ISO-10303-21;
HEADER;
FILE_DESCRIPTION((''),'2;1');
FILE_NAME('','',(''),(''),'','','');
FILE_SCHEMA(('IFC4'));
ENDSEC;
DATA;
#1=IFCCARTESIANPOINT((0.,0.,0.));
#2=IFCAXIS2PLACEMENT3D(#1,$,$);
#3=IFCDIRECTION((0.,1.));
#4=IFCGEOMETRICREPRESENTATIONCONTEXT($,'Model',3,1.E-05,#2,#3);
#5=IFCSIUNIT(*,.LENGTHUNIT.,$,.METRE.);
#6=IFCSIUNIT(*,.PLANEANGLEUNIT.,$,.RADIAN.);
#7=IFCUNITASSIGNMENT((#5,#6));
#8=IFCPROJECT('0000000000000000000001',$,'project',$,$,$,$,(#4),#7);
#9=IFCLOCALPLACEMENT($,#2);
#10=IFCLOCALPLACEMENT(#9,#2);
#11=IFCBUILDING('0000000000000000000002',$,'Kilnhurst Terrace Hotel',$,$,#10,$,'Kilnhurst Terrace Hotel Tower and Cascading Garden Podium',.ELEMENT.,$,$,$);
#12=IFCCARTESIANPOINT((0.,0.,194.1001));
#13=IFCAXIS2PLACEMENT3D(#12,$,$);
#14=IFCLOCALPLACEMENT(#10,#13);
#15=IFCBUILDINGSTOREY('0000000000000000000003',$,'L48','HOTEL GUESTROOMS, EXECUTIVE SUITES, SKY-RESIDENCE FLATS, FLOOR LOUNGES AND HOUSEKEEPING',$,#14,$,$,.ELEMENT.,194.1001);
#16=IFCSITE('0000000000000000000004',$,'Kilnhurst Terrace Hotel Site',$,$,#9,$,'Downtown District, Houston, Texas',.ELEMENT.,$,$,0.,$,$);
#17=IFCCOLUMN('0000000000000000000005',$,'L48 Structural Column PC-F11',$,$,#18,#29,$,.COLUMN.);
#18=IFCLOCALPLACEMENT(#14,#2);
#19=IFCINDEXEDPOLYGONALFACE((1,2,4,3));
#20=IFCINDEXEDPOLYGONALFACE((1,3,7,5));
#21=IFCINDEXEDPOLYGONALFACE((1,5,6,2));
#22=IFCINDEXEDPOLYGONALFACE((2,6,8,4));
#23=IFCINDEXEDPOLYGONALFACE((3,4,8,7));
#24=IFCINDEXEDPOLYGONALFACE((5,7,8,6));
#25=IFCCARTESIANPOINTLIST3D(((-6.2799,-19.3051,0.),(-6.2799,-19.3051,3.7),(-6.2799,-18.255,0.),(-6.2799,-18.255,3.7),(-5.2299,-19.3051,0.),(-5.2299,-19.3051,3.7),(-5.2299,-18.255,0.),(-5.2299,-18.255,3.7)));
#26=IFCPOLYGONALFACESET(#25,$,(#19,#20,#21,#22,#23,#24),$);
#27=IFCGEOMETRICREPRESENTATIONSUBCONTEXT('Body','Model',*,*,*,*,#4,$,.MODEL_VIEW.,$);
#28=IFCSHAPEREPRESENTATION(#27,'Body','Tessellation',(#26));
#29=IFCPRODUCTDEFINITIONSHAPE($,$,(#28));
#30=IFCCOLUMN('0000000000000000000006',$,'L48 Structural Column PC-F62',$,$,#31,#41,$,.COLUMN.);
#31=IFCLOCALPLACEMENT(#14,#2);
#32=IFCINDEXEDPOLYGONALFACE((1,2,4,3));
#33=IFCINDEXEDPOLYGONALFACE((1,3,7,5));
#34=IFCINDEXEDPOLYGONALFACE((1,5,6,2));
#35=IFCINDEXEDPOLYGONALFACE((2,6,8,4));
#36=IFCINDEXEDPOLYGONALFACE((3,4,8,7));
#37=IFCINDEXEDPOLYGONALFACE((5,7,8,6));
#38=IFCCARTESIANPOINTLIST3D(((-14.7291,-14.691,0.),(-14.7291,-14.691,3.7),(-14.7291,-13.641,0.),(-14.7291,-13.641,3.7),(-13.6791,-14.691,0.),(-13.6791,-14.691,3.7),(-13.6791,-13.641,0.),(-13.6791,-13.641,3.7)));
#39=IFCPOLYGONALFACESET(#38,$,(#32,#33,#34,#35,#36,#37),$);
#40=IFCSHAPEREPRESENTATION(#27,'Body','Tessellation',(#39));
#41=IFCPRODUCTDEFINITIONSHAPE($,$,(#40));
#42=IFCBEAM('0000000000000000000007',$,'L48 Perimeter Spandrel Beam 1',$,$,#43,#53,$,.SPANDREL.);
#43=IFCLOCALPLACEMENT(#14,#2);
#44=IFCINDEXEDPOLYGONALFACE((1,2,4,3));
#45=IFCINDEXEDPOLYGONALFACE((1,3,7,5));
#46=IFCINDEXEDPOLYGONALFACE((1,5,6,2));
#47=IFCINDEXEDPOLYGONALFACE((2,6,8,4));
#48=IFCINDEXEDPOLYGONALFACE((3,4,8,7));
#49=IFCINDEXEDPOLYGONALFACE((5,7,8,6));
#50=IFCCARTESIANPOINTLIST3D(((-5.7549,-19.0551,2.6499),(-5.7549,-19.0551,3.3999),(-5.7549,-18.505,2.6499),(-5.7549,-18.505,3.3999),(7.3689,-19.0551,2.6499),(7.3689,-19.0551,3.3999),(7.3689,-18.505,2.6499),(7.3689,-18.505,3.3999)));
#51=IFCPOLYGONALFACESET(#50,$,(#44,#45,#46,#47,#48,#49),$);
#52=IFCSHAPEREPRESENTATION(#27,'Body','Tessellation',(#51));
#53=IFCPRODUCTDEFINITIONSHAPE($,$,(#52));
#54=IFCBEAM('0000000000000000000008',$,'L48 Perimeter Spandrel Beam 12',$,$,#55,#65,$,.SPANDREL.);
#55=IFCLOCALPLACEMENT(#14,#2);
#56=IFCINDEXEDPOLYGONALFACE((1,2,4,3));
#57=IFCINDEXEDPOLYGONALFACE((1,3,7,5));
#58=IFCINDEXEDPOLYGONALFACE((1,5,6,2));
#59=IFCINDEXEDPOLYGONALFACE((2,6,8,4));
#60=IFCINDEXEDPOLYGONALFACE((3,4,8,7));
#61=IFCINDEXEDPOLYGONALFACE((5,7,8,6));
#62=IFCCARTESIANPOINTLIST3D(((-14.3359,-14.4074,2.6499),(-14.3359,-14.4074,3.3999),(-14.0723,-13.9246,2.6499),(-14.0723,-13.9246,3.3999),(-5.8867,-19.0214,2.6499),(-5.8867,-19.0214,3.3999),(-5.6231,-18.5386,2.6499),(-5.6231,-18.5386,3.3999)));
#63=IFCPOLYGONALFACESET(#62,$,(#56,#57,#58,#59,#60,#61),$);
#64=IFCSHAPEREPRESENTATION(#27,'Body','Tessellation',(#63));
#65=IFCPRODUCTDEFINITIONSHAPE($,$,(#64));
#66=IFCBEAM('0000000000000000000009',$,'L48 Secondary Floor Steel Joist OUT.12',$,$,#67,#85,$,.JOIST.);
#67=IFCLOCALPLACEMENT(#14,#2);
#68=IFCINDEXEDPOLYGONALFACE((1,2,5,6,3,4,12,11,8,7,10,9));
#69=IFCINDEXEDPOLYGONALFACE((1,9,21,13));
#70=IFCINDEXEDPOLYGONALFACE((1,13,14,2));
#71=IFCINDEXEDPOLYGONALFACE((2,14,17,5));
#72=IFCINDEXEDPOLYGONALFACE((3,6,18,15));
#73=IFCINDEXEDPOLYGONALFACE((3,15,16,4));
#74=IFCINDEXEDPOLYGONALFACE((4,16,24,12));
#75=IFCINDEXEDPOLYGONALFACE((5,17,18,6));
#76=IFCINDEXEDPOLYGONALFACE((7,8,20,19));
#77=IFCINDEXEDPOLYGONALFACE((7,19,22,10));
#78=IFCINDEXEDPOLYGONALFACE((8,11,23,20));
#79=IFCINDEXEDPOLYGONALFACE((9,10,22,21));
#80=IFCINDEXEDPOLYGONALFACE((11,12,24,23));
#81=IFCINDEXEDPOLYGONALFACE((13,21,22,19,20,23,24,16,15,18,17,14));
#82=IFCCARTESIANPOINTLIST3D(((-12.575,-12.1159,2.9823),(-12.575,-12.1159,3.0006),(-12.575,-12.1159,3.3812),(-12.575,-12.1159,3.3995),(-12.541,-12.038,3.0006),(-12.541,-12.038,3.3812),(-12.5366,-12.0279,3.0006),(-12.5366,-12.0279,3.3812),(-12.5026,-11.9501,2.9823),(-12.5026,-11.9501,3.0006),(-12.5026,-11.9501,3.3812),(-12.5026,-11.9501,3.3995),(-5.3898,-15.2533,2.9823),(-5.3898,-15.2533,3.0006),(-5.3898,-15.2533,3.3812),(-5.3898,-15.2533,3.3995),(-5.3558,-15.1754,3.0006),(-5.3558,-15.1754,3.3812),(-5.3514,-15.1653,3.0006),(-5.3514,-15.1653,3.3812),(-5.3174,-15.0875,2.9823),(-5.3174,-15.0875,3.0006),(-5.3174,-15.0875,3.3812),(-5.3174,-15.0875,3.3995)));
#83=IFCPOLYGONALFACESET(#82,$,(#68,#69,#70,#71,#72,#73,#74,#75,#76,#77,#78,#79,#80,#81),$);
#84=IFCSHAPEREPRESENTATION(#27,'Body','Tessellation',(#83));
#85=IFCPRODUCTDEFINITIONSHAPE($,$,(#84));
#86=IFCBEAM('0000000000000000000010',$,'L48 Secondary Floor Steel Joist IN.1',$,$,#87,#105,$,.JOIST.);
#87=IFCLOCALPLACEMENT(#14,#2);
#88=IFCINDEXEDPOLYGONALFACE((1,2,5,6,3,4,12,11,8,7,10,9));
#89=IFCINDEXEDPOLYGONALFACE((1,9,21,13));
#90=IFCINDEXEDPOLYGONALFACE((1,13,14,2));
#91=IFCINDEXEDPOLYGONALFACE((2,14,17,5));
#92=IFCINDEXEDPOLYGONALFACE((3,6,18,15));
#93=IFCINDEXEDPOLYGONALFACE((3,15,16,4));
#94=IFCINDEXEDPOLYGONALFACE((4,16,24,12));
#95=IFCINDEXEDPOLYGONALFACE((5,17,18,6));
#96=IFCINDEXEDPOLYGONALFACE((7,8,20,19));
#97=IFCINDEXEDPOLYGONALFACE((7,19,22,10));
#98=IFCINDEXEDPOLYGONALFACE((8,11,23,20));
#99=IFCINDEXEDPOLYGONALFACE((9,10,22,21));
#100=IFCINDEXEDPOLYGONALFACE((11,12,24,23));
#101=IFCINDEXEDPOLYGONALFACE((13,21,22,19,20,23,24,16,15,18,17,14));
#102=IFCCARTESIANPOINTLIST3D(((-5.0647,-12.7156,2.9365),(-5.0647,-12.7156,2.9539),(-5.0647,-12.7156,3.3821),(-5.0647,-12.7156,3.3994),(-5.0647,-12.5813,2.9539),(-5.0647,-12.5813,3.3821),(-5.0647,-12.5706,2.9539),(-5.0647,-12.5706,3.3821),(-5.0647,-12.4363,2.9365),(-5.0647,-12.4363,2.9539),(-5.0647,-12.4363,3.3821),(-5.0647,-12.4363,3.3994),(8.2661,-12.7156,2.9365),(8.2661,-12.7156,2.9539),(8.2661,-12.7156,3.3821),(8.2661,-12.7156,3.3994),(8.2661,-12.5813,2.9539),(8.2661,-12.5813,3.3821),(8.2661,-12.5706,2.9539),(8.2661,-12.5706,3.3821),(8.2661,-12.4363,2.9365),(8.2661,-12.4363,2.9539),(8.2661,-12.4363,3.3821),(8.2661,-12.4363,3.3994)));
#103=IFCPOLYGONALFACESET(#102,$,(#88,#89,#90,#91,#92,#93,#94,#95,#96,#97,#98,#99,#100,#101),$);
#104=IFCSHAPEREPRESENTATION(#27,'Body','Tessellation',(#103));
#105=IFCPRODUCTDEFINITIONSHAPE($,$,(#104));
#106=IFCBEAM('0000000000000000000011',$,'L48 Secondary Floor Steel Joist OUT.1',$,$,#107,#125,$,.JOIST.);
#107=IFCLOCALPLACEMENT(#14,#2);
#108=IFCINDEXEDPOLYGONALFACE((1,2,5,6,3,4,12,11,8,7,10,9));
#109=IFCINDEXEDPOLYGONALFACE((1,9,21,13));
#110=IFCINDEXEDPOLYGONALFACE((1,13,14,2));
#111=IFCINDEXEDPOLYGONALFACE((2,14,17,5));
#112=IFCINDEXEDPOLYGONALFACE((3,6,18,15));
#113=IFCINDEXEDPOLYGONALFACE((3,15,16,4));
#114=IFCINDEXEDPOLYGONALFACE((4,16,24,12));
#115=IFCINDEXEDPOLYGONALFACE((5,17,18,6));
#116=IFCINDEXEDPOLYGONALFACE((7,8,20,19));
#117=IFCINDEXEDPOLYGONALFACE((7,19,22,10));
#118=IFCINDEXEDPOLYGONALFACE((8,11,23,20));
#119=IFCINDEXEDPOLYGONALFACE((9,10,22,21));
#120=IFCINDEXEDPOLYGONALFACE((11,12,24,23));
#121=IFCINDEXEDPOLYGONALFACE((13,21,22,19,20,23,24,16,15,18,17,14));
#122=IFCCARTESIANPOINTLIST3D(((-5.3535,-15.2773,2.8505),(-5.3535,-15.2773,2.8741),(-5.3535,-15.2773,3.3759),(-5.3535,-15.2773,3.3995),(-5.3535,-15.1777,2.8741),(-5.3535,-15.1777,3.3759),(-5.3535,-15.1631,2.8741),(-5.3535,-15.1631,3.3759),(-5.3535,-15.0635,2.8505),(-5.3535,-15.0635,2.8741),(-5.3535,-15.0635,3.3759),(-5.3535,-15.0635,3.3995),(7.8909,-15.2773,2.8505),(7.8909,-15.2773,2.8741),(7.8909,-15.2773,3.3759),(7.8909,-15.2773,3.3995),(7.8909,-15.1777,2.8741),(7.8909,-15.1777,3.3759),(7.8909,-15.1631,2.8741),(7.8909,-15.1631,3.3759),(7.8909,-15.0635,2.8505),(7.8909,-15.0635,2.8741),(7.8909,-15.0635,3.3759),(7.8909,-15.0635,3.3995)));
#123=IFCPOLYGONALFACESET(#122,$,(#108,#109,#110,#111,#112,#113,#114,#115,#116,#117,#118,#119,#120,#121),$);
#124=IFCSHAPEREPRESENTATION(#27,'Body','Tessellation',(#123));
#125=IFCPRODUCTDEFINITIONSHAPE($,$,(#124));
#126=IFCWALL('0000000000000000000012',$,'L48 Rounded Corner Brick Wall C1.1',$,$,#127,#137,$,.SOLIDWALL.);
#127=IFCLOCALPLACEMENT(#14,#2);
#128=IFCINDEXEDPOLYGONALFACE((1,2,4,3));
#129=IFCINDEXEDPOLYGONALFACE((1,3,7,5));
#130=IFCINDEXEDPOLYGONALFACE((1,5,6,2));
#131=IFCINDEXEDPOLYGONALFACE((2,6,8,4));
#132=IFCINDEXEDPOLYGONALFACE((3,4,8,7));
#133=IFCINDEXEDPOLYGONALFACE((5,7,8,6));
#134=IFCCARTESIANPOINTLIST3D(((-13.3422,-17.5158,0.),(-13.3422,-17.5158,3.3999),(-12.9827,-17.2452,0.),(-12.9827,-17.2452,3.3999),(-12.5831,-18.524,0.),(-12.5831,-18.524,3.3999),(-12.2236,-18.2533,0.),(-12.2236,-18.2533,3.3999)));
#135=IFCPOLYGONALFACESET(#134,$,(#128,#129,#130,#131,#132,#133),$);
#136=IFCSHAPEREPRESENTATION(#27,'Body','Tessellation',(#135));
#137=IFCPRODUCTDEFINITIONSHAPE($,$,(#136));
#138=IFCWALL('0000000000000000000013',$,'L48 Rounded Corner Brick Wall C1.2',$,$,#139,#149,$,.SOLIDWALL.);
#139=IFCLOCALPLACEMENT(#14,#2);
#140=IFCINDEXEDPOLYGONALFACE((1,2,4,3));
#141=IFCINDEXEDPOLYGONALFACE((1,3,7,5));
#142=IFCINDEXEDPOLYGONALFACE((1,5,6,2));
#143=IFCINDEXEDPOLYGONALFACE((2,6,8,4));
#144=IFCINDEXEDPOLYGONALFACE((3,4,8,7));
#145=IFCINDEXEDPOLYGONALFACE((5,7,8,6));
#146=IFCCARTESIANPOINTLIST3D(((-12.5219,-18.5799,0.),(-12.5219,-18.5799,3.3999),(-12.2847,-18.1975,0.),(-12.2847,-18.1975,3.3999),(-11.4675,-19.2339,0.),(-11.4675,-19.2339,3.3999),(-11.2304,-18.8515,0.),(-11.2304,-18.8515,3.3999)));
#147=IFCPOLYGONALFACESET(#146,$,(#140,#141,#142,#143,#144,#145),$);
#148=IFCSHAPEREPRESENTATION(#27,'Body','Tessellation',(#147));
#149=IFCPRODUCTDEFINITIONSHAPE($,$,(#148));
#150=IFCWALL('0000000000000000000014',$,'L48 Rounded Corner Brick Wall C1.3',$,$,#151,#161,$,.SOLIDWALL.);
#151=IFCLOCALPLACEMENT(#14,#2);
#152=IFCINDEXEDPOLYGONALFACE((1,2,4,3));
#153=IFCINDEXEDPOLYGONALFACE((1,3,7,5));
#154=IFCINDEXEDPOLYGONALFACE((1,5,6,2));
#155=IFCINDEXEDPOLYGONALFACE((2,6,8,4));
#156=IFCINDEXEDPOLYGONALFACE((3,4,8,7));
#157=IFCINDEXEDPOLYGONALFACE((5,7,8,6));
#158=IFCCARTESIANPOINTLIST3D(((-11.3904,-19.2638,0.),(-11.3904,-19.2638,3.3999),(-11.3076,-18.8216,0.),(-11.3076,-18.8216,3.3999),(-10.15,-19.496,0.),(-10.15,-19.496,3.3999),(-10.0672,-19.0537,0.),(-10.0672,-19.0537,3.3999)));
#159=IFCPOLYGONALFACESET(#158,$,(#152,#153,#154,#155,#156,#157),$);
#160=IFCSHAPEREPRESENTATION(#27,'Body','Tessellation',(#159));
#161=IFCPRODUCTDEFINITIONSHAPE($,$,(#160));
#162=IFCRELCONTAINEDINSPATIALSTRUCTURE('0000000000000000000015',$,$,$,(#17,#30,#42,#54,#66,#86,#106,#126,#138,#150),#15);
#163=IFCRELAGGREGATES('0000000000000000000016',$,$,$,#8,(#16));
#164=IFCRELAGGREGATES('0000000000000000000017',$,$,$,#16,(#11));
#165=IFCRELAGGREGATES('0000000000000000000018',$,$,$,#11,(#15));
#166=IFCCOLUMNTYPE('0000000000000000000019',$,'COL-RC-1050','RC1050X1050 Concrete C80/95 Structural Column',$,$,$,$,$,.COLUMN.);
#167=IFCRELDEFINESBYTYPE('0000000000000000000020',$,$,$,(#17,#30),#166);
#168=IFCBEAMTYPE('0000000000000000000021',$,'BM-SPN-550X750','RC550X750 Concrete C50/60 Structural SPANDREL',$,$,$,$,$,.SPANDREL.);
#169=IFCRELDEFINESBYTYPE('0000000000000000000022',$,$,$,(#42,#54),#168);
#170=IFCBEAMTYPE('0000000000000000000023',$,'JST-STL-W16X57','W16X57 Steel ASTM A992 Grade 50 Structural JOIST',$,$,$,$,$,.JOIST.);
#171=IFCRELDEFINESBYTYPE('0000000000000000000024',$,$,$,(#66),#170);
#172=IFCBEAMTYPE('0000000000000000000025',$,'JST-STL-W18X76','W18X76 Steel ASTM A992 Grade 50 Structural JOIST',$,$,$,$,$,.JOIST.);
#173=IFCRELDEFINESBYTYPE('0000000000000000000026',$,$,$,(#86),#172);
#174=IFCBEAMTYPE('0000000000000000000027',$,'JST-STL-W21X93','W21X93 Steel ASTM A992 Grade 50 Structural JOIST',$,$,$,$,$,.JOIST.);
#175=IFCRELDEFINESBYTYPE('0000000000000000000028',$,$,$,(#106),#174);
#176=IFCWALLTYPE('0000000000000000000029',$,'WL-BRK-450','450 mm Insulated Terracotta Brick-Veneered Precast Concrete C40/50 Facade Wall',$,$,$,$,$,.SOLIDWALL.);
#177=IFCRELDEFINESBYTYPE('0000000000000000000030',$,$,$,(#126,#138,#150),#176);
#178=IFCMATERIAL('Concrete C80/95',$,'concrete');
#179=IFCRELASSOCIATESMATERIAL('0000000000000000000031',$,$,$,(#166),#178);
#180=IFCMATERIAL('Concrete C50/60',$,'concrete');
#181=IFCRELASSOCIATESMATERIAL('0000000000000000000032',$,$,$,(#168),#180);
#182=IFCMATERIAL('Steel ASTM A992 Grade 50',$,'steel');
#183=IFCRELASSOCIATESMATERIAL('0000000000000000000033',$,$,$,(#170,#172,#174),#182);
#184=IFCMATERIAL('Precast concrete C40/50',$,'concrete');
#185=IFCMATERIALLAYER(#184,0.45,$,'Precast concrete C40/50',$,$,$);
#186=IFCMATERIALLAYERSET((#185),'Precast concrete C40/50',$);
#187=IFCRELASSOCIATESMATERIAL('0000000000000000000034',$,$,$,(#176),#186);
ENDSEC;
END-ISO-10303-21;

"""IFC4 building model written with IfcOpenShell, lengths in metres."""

from ifc_helpers import new_model, si_unit, direction, frame, frame_2d, origin, origin_2d, place, context, subcontext, project, spatial, rectangle, i_section, extrude, material, layer, layer_set, material_profile, profile_set, type_object, element, save


model = new_model("IFC4")

# Units and contexts
model_context = context("Model", 3, precision=1e-05, world=origin(), true_north=direction((0.0, 1.0)))
body_context = subcontext(model_context, "Body", "Model", "MODEL_VIEW")
ifc_project = project(units=[si_unit("LENGTHUNIT", "METRE"), si_unit("PLANEANGLEUNIT", "RADIAN")], contexts=[model_context])

# Site, building, storey
site_placement = place(None, origin())
site = spatial("IfcSite", under=ifc_project, at=site_placement, Name="Kilnhurst Terrace Hotel Site", LongName="Downtown District, Houston, Texas", CompositionType="ELEMENT", RefElevation=0.0)
building_placement = place(site_placement, origin())
building = spatial("IfcBuilding", under=site, at=building_placement, Name="Kilnhurst Terrace Hotel", LongName="Kilnhurst Terrace Hotel Tower and Cascading Garden Podium", CompositionType="ELEMENT")
storey_placement = place(building_placement, frame((0.0, 0.0, 194.1001)))
storey = spatial("IfcBuildingStorey", under=building, at=storey_placement, Name="L48", Description="HOTEL GUESTROOMS, EXECUTIVE SUITES, SKY-RESIDENCE FLATS, FLOOR LOUNGES AND HOUSEKEEPING", CompositionType="ELEMENT", Elevation=194.1001)

# Columns
ifc_material_1 = material(Name="Concrete C80/95", Category="concrete")
ifc_material_profile_1 = material_profile(ifc_material_1, rectangle(XDim=1.05, YDim=1.05, at=origin_2d()), Name="RC1050X1050")
ifc_profile_set_1 = profile_set([ifc_material_profile_1], Name="Concrete C80/95")
column_type = type_object("IfcColumnType", Name="COL-RC-1050", Description="RC1050X1050 Concrete C80/95 Structural Column", PredefinedType="COLUMN", material=ifc_profile_set_1)
for number, where, z_axis, x_axis, name in (
    (1, (-5.7549, -18.78, 0.0), (0.0, 0.0, 1.0), (1.0, 0.0, 0.0), "L48 Structural Column PC-F11"),
    (2, (-14.2041, -14.166, 0.0), (0.0, 0.0, 1.0), (1.0, 0.0, 0.0), "L48 Structural Column PC-F62"),
):
    element("IfcColumn", number, at=place(storey_placement, frame(where, z_axis=z_axis, x_axis=x_axis)), inside=storey, type_object=column_type, Name=name, PredefinedType="COLUMN", context=body_context, shape_type="SweptSolid", body=[
        extrude(rectangle(XDim=1.05, YDim=1.05, at=origin_2d()), origin(), (0.0, 0.0, 1.0), 3.7),
    ])

# Beams
ifc_material_2 = material(Name="Concrete C50/60", Category="concrete")
ifc_material_profile_2 = material_profile(ifc_material_2, rectangle(XDim=0.55, YDim=0.75, at=origin_2d()), Name="RC550X750")
ifc_profile_set_2 = profile_set([ifc_material_profile_2], Name="Concrete C50/60")
beam_type_1 = type_object("IfcBeamType", Name="BM-SPN-550X750", Description="RC550X750 Concrete C50/60 Structural SPANDREL", PredefinedType="SPANDREL", material=ifc_profile_set_2)
beam_1_placement = place(storey_placement, frame((-5.7549, -18.78, 3.0249), z_axis=(1.0, 0.0, 0.0), x_axis=(0.0, 1.0, 0.0)))
element("IfcBeam", 3, at=beam_1_placement, inside=storey, type_object=beam_type_1, Name="L48 Perimeter Spandrel Beam 1", PredefinedType="SPANDREL", context=body_context, shape_type="SweptSolid", body=[
    extrude(rectangle(XDim=0.55, YDim=0.75, at=origin_2d()), origin(), (0.0, 0.0, 1.0), 13.1238),
])
beam_2_placement = place(storey_placement, frame((-14.2041, -14.166, 3.0249), z_axis=(0.877662, -0.47928, 0.0), x_axis=(0.47928, 0.877662, 0.0)))
element("IfcBeam", 4, at=beam_2_placement, inside=storey, type_object=beam_type_1, Name="L48 Perimeter Spandrel Beam 12", PredefinedType="SPANDREL", context=body_context, shape_type="SweptSolid", body=[
    extrude(rectangle(XDim=0.55, YDim=0.75, at=origin_2d()), origin(), (0.0, 0.0, 1.0), 9.627),
])
ifc_material_3 = material(Name="Steel ASTM A992 Grade 50", Category="steel")
ifc_material_profile_3 = material_profile(ifc_material_3, i_section(OverallWidth=0.1809, OverallDepth=0.4172, WebThickness=0.011, FlangeThickness=0.0183, at=origin_2d()), Name="W16X57")
ifc_profile_set_3 = profile_set([ifc_material_profile_3], Name="Steel ASTM A992 Grade 50")
beam_type_2 = type_object("IfcBeamType", Name="JST-STL-W16X57", Description="W16X57 Steel ASTM A992 Grade 50 Structural JOIST", PredefinedType="JOIST", material=ifc_profile_set_3)
beam_3_placement = place(storey_placement, frame((-12.5388, -12.033, 3.1909), z_axis=(0.916444, -0.400164, 0.0), x_axis=(0.400164, 0.916444, 0.0)))
element("IfcBeam", 5, at=beam_3_placement, inside=storey, type_object=beam_type_2, Name="L48 Secondary Floor Steel Joist OUT.12", PredefinedType="JOIST", context=body_context, shape_type="SweptSolid", body=[
    extrude(i_section(OverallWidth=0.1809, OverallDepth=0.4172, WebThickness=0.011, FlangeThickness=0.0183, at=origin_2d()), origin(), (0.0, 0.0, 1.0), 7.8403),
])
ifc_material_profile_4 = material_profile(ifc_material_3, i_section(OverallWidth=0.2793, OverallDepth=0.4629, WebThickness=0.0107, FlangeThickness=0.0173, at=origin_2d()), Name="W18X76")
ifc_profile_set_4 = profile_set([ifc_material_profile_4], Name="Steel ASTM A992 Grade 50")
beam_type_3 = type_object("IfcBeamType", Name="JST-STL-W18X76", Description="W18X76 Steel ASTM A992 Grade 50 Structural JOIST", PredefinedType="JOIST", material=ifc_profile_set_4)
beam_4_placement = place(storey_placement, frame((-5.0647, -12.5759, 3.168), z_axis=(1.0, 0.0, 0.0), x_axis=(0.0, 1.0, 0.0)))
element("IfcBeam", 6, at=beam_4_placement, inside=storey, type_object=beam_type_3, Name="L48 Secondary Floor Steel Joist IN.1", PredefinedType="JOIST", context=body_context, shape_type="SweptSolid", body=[
    extrude(i_section(OverallWidth=0.2793, OverallDepth=0.4629, WebThickness=0.0107, FlangeThickness=0.0173, at=origin_2d()), origin(), (0.0, 0.0, 1.0), 13.3308),
])
ifc_material_profile_5 = material_profile(ifc_material_3, i_section(OverallWidth=0.2139, OverallDepth=0.5491, WebThickness=0.0146, FlangeThickness=0.0237, at=origin_2d()), Name="W21X93")
ifc_profile_set_5 = profile_set([ifc_material_profile_5], Name="Steel ASTM A992 Grade 50")
beam_type_4 = type_object("IfcBeamType", Name="JST-STL-W21X93", Description="W21X93 Steel ASTM A992 Grade 50 Structural JOIST", PredefinedType="JOIST", material=ifc_profile_set_5)
beam_5_placement = place(storey_placement, frame((-5.3535, -15.1704, 3.125), z_axis=(1.0, 0.0, 0.0), x_axis=(0.0, 1.0, 0.0)))
element("IfcBeam", 7, at=beam_5_placement, inside=storey, type_object=beam_type_4, Name="L48 Secondary Floor Steel Joist OUT.1", PredefinedType="JOIST", context=body_context, shape_type="SweptSolid", body=[
    extrude(i_section(OverallWidth=0.2139, OverallDepth=0.5491, WebThickness=0.0146, FlangeThickness=0.0237, at=origin_2d()), origin(), (0.0, 0.0, 1.0), 13.2444),
])

# Walls
ifc_material_4 = material(Name="Precast concrete C40/50", Category="concrete")
ifc_layer_1 = layer(ifc_material_4, 0.45, Name="Precast concrete C40/50")
ifc_layer_set_1 = layer_set([ifc_layer_1], Name="Precast concrete C40/50")
wall_type_1 = type_object("IfcWallType", Name="WL-BRK-450", Description="450 mm Insulated Terracotta Brick-Veneered Precast Concrete C40/50 Facade Wall", PredefinedType="SOLIDWALL", material=ifc_layer_set_1)
wall_1_placement = place(storey_placement, frame((-13.1624, -17.3806, 0.0), z_axis=(0.0, 0.0, 1.0), x_axis=(0.601516, -0.798861, 0.0)))
element("IfcWall", 8, at=wall_1_placement, inside=storey, type_object=wall_type_1, Name="L48 Rounded Corner Brick Wall C1.1", PredefinedType="SOLIDWALL", context=body_context, shape_type="SweptSolid", body=[
    extrude(rectangle(XDim=1.262, YDim=0.45, at=frame_2d((0.6309, 0.0))), origin(), (0.0, 0.0, 1.0), 3.3999),
])
wall_2_placement = place(storey_placement, frame((-12.4033, -18.3887, 0.0), z_axis=(0.0, 0.0, 1.0), x_axis=(0.849795, -0.527113, 0.0)))
element("IfcWall", 9, at=wall_2_placement, inside=storey, type_object=wall_type_1, Name="L48 Rounded Corner Brick Wall C1.2", PredefinedType="SOLIDWALL", context=body_context, shape_type="SweptSolid", body=[
    extrude(rectangle(XDim=1.2407, YDim=0.45, at=frame_2d((0.6204, 0.0))), origin(), (0.0, 0.0, 1.0), 3.3999),
])
wall_3_placement = place(storey_placement, frame((-11.3489, -19.0427, 0.0), z_axis=(0.0, 0.0, 1.0), x_axis=(0.982931, -0.183973, 0.0)))
element("IfcWall", 10, at=wall_3_placement, inside=storey, type_object=wall_type_1, Name="L48 Rounded Corner Brick Wall C1.3", PredefinedType="SOLIDWALL", context=body_context, shape_type="SweptSolid", body=[
    extrude(rectangle(XDim=1.262, YDim=0.45, at=frame_2d((0.6309, 0.0))), origin(), (0.0, 0.0, 1.0), 3.3999),
])

save(model, "model.ifc")
